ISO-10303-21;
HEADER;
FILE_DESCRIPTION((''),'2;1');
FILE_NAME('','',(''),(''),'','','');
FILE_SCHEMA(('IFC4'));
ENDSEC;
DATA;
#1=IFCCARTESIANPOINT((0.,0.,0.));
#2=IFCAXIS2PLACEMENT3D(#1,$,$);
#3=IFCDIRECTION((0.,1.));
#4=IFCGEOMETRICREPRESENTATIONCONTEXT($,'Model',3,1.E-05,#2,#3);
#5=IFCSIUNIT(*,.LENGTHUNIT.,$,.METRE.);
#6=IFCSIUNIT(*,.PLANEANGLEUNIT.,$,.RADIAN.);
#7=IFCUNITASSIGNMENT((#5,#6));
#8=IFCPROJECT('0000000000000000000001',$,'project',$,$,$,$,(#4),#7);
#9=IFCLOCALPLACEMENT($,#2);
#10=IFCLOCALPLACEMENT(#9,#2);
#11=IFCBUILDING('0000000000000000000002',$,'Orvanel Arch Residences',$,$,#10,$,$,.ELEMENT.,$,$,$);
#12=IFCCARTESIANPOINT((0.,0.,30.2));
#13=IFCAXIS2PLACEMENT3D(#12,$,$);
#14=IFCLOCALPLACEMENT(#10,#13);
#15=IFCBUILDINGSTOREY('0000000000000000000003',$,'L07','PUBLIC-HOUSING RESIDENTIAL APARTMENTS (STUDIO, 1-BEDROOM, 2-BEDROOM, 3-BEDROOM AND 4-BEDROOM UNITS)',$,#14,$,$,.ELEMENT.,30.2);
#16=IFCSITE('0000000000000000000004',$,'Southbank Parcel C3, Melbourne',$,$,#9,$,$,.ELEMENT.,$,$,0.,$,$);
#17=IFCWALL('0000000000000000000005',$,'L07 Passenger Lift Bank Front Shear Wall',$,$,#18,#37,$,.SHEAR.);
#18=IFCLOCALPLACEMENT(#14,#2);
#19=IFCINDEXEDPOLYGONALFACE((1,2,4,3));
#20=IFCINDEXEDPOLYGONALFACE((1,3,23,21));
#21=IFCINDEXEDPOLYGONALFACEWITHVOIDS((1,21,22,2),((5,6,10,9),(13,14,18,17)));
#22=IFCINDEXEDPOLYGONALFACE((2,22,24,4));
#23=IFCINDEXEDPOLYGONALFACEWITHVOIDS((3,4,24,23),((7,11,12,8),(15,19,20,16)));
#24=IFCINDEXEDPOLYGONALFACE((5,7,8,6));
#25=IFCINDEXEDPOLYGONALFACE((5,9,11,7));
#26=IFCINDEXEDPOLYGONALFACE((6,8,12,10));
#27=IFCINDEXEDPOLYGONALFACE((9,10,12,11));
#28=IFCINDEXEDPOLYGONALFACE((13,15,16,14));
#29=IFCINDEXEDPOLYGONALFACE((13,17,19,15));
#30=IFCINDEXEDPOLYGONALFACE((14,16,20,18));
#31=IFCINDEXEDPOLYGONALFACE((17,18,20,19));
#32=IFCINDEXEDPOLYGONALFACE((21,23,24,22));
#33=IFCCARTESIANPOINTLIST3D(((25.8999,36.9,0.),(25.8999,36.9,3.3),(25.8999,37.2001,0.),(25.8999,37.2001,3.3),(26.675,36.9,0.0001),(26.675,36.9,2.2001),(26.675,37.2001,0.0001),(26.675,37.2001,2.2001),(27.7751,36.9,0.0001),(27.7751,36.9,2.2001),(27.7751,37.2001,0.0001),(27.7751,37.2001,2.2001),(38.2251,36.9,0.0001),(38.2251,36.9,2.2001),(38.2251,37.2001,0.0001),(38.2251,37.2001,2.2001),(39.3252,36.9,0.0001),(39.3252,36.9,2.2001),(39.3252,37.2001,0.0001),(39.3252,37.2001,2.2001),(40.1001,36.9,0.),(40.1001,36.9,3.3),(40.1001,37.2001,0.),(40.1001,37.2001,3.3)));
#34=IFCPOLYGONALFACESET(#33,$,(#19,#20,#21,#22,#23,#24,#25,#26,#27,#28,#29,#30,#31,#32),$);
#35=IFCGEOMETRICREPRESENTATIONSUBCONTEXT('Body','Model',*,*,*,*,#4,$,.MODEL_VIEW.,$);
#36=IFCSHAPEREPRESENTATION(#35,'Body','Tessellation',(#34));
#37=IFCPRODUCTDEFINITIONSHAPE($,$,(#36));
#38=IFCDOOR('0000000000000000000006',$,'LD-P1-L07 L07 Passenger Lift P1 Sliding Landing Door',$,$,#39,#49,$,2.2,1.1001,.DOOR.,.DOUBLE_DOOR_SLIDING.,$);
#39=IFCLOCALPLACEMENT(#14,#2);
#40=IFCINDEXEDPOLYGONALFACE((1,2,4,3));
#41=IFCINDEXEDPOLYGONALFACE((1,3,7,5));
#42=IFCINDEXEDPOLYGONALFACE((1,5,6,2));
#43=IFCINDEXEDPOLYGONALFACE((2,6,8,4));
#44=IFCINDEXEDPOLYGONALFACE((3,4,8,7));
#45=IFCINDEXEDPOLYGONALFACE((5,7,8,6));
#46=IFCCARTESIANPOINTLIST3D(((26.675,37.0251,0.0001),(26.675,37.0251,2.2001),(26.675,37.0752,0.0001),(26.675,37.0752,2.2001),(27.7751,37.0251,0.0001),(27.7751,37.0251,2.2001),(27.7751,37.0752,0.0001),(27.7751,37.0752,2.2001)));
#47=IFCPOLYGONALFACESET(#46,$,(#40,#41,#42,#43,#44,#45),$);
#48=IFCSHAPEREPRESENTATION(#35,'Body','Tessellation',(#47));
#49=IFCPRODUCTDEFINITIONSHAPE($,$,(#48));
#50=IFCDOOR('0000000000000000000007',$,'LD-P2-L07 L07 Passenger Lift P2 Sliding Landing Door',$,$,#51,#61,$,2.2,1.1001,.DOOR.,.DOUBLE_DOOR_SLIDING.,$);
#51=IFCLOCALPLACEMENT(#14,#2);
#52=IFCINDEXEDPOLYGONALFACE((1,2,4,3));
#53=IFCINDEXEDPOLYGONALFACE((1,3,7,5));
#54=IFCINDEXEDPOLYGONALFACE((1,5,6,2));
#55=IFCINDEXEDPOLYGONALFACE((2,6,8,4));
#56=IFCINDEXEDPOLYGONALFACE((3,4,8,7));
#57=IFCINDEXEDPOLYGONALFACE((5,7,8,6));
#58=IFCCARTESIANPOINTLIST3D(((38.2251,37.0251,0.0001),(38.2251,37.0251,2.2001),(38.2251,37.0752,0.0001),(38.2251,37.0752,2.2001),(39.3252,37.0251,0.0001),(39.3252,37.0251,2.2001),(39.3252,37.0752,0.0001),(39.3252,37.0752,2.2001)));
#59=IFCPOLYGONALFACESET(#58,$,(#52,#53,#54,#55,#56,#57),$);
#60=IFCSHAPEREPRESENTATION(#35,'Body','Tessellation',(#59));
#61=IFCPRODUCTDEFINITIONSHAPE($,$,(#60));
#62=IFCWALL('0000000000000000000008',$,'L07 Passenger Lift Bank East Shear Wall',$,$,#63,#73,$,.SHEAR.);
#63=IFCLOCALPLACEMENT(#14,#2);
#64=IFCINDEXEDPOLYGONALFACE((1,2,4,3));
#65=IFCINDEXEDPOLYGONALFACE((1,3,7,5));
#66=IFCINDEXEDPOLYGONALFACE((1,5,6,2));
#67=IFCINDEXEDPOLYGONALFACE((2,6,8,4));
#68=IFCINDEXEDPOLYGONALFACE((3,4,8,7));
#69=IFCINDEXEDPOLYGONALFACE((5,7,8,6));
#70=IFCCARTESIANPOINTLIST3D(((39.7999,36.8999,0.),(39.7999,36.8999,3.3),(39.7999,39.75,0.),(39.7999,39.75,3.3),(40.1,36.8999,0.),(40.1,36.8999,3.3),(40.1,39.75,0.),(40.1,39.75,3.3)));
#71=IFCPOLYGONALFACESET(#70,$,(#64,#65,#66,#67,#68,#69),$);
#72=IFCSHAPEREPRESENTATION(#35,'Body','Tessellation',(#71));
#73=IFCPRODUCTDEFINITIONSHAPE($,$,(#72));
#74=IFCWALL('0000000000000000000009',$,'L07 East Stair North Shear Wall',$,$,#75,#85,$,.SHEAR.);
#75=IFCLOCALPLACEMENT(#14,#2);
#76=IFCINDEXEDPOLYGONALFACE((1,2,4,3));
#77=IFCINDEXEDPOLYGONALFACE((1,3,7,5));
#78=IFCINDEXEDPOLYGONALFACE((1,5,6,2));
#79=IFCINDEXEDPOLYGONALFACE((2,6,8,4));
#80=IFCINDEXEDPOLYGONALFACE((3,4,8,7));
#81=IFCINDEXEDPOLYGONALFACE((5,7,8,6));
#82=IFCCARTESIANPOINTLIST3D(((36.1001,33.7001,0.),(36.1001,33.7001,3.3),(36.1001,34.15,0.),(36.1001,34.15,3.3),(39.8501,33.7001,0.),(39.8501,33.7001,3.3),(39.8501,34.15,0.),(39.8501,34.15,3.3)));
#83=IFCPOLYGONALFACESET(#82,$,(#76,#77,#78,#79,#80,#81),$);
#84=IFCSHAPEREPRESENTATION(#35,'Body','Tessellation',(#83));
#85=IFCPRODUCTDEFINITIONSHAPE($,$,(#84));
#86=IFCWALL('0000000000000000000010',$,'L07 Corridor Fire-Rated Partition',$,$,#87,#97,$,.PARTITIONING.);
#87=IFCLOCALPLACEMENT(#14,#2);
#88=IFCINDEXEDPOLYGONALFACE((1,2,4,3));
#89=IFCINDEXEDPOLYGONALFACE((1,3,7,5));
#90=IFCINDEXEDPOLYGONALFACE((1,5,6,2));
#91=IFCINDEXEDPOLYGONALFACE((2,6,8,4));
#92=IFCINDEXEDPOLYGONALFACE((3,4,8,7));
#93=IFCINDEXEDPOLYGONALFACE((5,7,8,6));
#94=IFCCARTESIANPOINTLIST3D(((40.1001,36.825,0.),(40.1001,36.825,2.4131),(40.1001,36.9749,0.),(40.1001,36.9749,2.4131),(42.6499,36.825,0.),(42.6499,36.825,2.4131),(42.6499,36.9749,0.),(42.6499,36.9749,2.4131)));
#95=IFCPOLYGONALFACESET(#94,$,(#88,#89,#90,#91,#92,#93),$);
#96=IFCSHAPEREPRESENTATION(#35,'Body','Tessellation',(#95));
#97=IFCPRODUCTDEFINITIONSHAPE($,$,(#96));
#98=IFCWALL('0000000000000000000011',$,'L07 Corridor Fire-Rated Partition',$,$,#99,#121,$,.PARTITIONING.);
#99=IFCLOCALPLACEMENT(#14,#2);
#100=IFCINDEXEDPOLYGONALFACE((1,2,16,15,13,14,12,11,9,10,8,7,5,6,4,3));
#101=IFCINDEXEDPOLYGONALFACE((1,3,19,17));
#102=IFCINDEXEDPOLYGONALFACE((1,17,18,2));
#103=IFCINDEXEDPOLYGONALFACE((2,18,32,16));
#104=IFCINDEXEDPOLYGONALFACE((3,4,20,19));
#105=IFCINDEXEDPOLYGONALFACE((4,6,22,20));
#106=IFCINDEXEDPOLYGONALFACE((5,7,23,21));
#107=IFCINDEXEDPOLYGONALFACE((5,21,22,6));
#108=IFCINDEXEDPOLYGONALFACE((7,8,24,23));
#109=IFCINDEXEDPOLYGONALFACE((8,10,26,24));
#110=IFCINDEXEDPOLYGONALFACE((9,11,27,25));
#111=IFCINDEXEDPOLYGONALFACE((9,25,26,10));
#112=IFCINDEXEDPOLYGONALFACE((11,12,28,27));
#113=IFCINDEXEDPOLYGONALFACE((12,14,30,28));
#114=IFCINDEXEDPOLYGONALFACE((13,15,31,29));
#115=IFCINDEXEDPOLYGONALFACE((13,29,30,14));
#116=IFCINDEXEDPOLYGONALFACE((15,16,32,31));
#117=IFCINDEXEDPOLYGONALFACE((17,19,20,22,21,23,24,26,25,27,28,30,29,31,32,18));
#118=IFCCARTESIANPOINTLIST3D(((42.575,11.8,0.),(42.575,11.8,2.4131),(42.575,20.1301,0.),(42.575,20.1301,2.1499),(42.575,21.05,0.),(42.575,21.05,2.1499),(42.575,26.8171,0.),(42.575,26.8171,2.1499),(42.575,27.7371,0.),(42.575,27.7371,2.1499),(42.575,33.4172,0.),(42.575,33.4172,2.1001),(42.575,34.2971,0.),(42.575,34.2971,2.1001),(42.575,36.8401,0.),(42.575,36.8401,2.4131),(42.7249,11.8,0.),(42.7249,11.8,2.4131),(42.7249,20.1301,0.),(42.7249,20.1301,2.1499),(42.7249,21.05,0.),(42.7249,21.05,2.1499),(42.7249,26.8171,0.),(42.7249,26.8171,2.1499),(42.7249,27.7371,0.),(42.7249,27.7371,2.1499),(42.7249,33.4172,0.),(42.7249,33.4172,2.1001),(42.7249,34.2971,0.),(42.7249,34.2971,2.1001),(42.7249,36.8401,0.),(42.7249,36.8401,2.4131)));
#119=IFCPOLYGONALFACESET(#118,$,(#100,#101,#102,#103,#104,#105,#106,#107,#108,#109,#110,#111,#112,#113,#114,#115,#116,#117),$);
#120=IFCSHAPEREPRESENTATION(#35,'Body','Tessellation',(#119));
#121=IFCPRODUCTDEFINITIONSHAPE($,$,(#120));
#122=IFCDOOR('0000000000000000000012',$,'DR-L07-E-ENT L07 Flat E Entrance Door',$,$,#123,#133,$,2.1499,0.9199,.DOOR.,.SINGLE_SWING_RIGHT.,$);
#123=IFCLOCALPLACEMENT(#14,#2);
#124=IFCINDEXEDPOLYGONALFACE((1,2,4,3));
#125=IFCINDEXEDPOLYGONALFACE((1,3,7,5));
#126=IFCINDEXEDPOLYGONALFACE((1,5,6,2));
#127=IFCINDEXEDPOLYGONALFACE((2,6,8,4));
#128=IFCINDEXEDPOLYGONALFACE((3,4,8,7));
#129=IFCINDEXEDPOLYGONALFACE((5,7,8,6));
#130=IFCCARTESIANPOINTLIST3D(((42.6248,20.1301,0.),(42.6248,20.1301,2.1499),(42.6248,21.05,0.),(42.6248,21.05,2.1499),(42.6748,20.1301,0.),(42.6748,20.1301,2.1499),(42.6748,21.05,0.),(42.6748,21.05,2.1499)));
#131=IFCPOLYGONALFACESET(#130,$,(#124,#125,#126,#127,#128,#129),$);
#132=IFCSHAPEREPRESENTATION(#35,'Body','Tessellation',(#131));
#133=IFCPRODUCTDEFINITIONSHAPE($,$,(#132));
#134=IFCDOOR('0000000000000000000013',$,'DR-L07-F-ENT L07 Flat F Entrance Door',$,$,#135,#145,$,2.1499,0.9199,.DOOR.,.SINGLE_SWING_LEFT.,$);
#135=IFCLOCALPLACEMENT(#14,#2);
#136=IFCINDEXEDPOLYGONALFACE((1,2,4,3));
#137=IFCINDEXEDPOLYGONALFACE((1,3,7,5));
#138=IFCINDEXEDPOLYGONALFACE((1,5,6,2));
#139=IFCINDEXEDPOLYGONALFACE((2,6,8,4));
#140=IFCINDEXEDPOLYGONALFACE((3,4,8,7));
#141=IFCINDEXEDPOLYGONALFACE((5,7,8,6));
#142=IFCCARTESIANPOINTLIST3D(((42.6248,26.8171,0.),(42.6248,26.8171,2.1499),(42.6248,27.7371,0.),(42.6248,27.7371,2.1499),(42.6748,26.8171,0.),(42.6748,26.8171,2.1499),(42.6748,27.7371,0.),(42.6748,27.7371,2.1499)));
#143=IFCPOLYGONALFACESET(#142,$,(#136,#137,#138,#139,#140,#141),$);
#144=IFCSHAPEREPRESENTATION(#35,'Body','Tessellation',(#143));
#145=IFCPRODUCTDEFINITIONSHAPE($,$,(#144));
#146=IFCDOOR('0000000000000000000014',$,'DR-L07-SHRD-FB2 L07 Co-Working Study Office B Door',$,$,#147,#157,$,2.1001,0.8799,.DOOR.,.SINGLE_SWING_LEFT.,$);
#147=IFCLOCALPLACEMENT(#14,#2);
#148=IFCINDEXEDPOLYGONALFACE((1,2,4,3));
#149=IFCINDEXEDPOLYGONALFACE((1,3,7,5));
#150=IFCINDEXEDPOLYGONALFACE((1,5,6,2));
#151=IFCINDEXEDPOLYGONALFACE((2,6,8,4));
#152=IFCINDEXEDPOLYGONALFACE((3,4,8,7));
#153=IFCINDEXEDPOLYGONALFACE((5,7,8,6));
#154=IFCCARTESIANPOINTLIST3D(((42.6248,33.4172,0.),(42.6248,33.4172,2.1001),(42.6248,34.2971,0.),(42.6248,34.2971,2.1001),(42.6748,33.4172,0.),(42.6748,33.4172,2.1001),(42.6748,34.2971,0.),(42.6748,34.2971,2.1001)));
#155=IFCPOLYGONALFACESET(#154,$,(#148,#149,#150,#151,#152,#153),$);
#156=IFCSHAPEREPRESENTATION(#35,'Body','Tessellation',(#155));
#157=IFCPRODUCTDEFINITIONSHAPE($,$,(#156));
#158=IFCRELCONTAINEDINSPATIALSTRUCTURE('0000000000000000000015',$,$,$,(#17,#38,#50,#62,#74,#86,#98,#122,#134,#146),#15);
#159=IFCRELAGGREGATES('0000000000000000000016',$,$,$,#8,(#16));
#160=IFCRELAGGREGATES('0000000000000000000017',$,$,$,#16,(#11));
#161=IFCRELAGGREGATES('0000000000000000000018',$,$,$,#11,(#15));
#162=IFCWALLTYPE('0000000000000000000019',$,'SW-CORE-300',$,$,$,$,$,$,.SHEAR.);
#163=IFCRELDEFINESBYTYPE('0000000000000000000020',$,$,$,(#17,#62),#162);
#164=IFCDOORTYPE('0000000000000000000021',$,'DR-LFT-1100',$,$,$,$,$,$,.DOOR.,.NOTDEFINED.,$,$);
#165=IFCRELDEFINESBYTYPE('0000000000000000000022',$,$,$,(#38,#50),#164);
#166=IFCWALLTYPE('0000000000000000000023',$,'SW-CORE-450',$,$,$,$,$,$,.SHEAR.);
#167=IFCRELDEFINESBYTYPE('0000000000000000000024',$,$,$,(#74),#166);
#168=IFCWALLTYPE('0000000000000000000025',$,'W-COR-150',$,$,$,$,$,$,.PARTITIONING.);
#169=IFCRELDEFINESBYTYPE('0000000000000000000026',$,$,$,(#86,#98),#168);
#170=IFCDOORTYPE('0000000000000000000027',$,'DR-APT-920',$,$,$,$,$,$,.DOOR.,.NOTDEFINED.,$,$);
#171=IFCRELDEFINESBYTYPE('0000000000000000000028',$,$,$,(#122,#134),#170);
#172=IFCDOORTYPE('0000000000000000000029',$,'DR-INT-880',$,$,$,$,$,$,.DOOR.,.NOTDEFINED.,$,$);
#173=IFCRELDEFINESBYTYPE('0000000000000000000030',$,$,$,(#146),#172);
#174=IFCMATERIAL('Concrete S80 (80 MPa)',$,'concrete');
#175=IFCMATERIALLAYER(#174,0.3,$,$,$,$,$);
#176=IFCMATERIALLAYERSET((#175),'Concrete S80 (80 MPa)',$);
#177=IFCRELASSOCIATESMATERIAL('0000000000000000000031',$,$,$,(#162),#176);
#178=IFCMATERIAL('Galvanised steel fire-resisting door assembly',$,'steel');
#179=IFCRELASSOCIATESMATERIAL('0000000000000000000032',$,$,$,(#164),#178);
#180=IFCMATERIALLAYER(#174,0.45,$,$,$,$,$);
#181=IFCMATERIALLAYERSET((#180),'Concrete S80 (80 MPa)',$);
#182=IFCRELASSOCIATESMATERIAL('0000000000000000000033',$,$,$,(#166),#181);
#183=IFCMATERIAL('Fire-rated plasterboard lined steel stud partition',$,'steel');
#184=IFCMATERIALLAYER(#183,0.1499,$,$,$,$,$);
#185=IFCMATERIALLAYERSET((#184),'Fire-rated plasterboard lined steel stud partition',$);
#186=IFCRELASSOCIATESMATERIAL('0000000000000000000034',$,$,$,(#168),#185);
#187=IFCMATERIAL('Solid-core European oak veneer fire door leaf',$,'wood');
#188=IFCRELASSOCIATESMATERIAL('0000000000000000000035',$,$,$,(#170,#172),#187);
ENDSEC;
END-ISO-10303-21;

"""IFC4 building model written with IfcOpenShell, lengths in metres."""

from ifc_helpers import new_model, si_unit, direction, frame, frame_2d, origin, place, context, subcontext, project, spatial, rectangle, extrude, material, layer, layer_set, type_object, element, fill, save


model = new_model("IFC4")

# Units and contexts
model_context = context("Model", 3, precision=1e-05, world=origin(), true_north=direction((0.0, 1.0)))
body_context = subcontext(model_context, "Body", "Model", "MODEL_VIEW")
ifc_project = project(units=[si_unit("LENGTHUNIT", "METRE"), si_unit("PLANEANGLEUNIT", "RADIAN")], contexts=[model_context])

# Site, building, storey
site_placement = place(None, origin())
site = spatial("IfcSite", under=ifc_project, at=site_placement, Name="Southbank Parcel C3, Melbourne", CompositionType="ELEMENT", RefElevation=0.0)
building_placement = place(site_placement, origin())
building = spatial("IfcBuilding", under=site, at=building_placement, Name="Orvanel Arch Residences", CompositionType="ELEMENT")
storey_placement = place(building_placement, frame((0.0, 0.0, 30.2)))
storey = spatial("IfcBuildingStorey", under=building, at=storey_placement, Name="L07", Description="PUBLIC-HOUSING RESIDENTIAL APARTMENTS (STUDIO, 1-BEDROOM, 2-BEDROOM, 3-BEDROOM AND 4-BEDROOM UNITS)", CompositionType="ELEMENT", Elevation=30.2)

# Wall, openings, doors
ifc_material_1 = material(Name="Concrete S80 (80 MPa)", Category="concrete")
ifc_layer_1 = layer(ifc_material_1, 0.3)
ifc_layer_set_1 = layer_set([ifc_layer_1], Name="Concrete S80 (80 MPa)")
wall_type_1 = type_object("IfcWallType", Name="SW-CORE-300", PredefinedType="SHEAR", material=ifc_layer_set_1)
wall_1_placement = place(storey_placement, frame((40.1001, 37.05, 0.0), z_axis=(0.0, 0.0, 1.0), x_axis=(-1.0, 0.0, 0.0)))
wall_1 = element("IfcWall", 1, at=wall_1_placement, inside=storey, type_object=wall_type_1, Name="L07 Passenger Lift Bank Front Shear Wall", PredefinedType="SHEAR", context=body_context, shape_type="SweptSolid", body=[
    extrude(rectangle(XDim=14.2002, YDim=0.3, at=frame_2d((7.1001, 0.0))), origin(), (0.0, 0.0, 1.0), 3.3),
])
opening_1_placement = place(wall_1_placement, frame((12.325, 0.0, 0.0)))
opening_1 = element("IfcOpeningElement", 2, at=opening_1_placement, cuts=wall_1, PredefinedType="OPENING", context=body_context, shape_type="SweptSolid", body=[
    extrude(rectangle(XDim=1.1001, YDim=2.2, at=frame_2d((0.55, 1.1001))), frame((0.0, 0.1599, 0.0), z_axis=(0.0, -1.0, 0.0), x_axis=(1.0, 0.0, 0.0)), (0.0, 0.0, 1.0), 0.3201),
])
opening_2_placement = place(wall_1_placement, frame((0.7749, 0.0, 0.0)))
opening_2 = element("IfcOpeningElement", 3, at=opening_2_placement, cuts=wall_1, PredefinedType="OPENING", context=body_context, shape_type="SweptSolid", body=[
    extrude(rectangle(XDim=1.1001, YDim=2.2, at=frame_2d((0.55, 1.1001))), frame((0.0, 0.1599, 0.0), z_axis=(0.0, -1.0, 0.0), x_axis=(1.0, 0.0, 0.0)), (0.0, 0.0, 1.0), 0.3201),
])
ifc_material_2 = material(Name="Galvanised steel fire-resisting door assembly", Category="steel")
door_type_1 = type_object("IfcDoorType", Name="DR-LFT-1100", OperationType="NOTDEFINED", PredefinedType="DOOR", material=ifc_material_2)
door_1_placement = place(opening_1_placement, origin())
door_1 = element("IfcDoor", 4, at=door_1_placement, inside=storey, type_object=door_type_1, Name="LD-P1-L07 L07 Passenger Lift P1 Sliding Landing Door", OperationType="DOUBLE_DOOR_SLIDING", OverallHeight=2.2, OverallWidth=1.1001, PredefinedType="DOOR", context=body_context, shape_type="SweptSolid", body=[
    extrude(rectangle(XDim=1.1001, YDim=2.2, at=frame_2d((0.55, 1.1001))), frame((0.0, 0.0249, 0.0), z_axis=(0.0, -1.0, 0.0), x_axis=(1.0, 0.0, 0.0)), (0.0, 0.0, 1.0), 0.05),
])
fill(opening_1, door_1)
door_2_placement = place(opening_2_placement, origin())
door_2 = element("IfcDoor", 5, at=door_2_placement, inside=storey, type_object=door_type_1, Name="LD-P2-L07 L07 Passenger Lift P2 Sliding Landing Door", OperationType="DOUBLE_DOOR_SLIDING", OverallHeight=2.2, OverallWidth=1.1001, PredefinedType="DOOR", context=body_context, shape_type="SweptSolid", body=[
    extrude(rectangle(XDim=1.1001, YDim=2.2, at=frame_2d((0.55, 1.1001))), frame((0.0, 0.0249, 0.0), z_axis=(0.0, -1.0, 0.0), x_axis=(1.0, 0.0, 0.0)), (0.0, 0.0, 1.0), 0.05),
])
fill(opening_2, door_2)

# Walls
wall_2_placement = place(storey_placement, frame((39.95, 36.8999, 0.0), z_axis=(0.0, 0.0, 1.0), x_axis=(0.0, 1.0, 0.0)))
element("IfcWall", 6, at=wall_2_placement, inside=storey, type_object=wall_type_1, Name="L07 Passenger Lift Bank East Shear Wall", PredefinedType="SHEAR", context=body_context, shape_type="SweptSolid", body=[
    extrude(rectangle(XDim=2.8501, YDim=0.3, at=frame_2d((1.425, 0.0))), origin(), (0.0, 0.0, 1.0), 3.3),
])
ifc_layer_2 = layer(ifc_material_1, 0.45)
ifc_layer_set_2 = layer_set([ifc_layer_2], Name="Concrete S80 (80 MPa)")
wall_type_2 = type_object("IfcWallType", Name="SW-CORE-450", PredefinedType="SHEAR", material=ifc_layer_set_2)
wall_3_placement = place(storey_placement, frame((36.1001, 33.925, 0.0), z_axis=(0.0, 0.0, 1.0), x_axis=(1.0, 0.0, 0.0)))
element("IfcWall", 7, at=wall_3_placement, inside=storey, type_object=wall_type_2, Name="L07 East Stair North Shear Wall", PredefinedType="SHEAR", context=body_context, shape_type="SweptSolid", body=[
    extrude(rectangle(XDim=3.75, YDim=0.45, at=frame_2d((1.875, 0.0))), origin(), (0.0, 0.0, 1.0), 3.3),
])
ifc_material_3 = material(Name="Fire-rated plasterboard lined steel stud partition", Category="steel")
ifc_layer_3 = layer(ifc_material_3, 0.1499)
ifc_layer_set_3 = layer_set([ifc_layer_3], Name="Fire-rated plasterboard lined steel stud partition")
wall_type_3 = type_object("IfcWallType", Name="W-COR-150", PredefinedType="PARTITIONING", material=ifc_layer_set_3)
wall_4_placement = place(storey_placement, frame((40.1001, 36.8999, 0.0), z_axis=(0.0, 0.0, 1.0), x_axis=(1.0, 0.0, 0.0)))
element("IfcWall", 8, at=wall_4_placement, inside=storey, type_object=wall_type_3, Name="L07 Corridor Fire-Rated Partition", PredefinedType="PARTITIONING", context=body_context, shape_type="SweptSolid", body=[
    extrude(rectangle(XDim=2.5498, YDim=0.1499, at=frame_2d((1.2749, 0.0))), origin(), (0.0, 0.0, 1.0), 2.4131),
])

# Wall, openings, doors
wall_5_placement = place(storey_placement, frame((42.6499, 36.8401, 0.0), z_axis=(0.0, 0.0, 1.0), x_axis=(0.0, -1.0, 0.0)))
wall_5 = element("IfcWall", 9, at=wall_5_placement, inside=storey, type_object=wall_type_3, Name="L07 Corridor Fire-Rated Partition", PredefinedType="PARTITIONING", context=body_context, shape_type="SweptSolid", body=[
    extrude(rectangle(XDim=25.04, YDim=0.1499, at=frame_2d((12.52, 0.0))), origin(), (0.0, 0.0, 1.0), 2.4131),
])
opening_3_placement = place(wall_5_placement, frame((2.543, 0.0, 0.0)))
opening_3 = element("IfcOpeningElement", 10, at=opening_3_placement, cuts=wall_5, PredefinedType="OPENING", context=body_context, shape_type="SweptSolid", body=[
    extrude(rectangle(XDim=0.8799, YDim=2.1001, at=frame_2d((0.4399, 1.05))), frame((0.0, 0.085, 0.0), z_axis=(0.0, -1.0, 0.0), x_axis=(1.0, 0.0, 0.0)), (0.0, 0.0, 1.0), 0.1699),
])
opening_4_placement = place(wall_5_placement, frame((15.79, 0.0, 0.0)))
opening_4 = element("IfcOpeningElement", 11, at=opening_4_placement, cuts=wall_5, PredefinedType="OPENING", context=body_context, shape_type="SweptSolid", body=[
    extrude(rectangle(XDim=0.9199, YDim=2.1499, at=frame_2d((0.46, 1.075))), frame((0.0, 0.085, 0.0), z_axis=(0.0, -1.0, 0.0), x_axis=(1.0, 0.0, 0.0)), (0.0, 0.0, 1.0), 0.1699),
])
opening_5_placement = place(wall_5_placement, frame((9.103, 0.0, 0.0)))
opening_5 = element("IfcOpeningElement", 12, at=opening_5_placement, cuts=wall_5, PredefinedType="OPENING", context=body_context, shape_type="SweptSolid", body=[
    extrude(rectangle(XDim=0.9199, YDim=2.1499, at=frame_2d((0.46, 1.075))), frame((0.0, 0.085, 0.0), z_axis=(0.0, -1.0, 0.0), x_axis=(1.0, 0.0, 0.0)), (0.0, 0.0, 1.0), 0.1699),
])
ifc_material_4 = material(Name="Solid-core European oak veneer fire door leaf", Category="wood")
door_type_2 = type_object("IfcDoorType", Name="DR-APT-920", OperationType="NOTDEFINED", PredefinedType="DOOR", material=ifc_material_4)
door_3_placement = place(opening_4_placement, origin())
door_3 = element("IfcDoor", 13, at=door_3_placement, inside=storey, type_object=door_type_2, Name="DR-L07-E-ENT L07 Flat E Entrance Door", OperationType="SINGLE_SWING_RIGHT", OverallHeight=2.1499, OverallWidth=0.9199, PredefinedType="DOOR", context=body_context, shape_type="SweptSolid", body=[
    extrude(rectangle(XDim=0.9199, YDim=2.1499, at=frame_2d((0.46, 1.075))), frame((0.0, 0.0249, 0.0), z_axis=(0.0, -1.0, 0.0), x_axis=(1.0, 0.0, 0.0)), (0.0, 0.0, 1.0), 0.05),
])
fill(opening_4, door_3)
door_4_placement = place(opening_5_placement, origin())
door_4 = element("IfcDoor", 14, at=door_4_placement, inside=storey, type_object=door_type_2, Name="DR-L07-F-ENT L07 Flat F Entrance Door", OperationType="SINGLE_SWING_LEFT", OverallHeight=2.1499, OverallWidth=0.9199, PredefinedType="DOOR", context=body_context, shape_type="SweptSolid", body=[
    extrude(rectangle(XDim=0.9199, YDim=2.1499, at=frame_2d((0.46, 1.075))), frame((0.0, 0.0249, 0.0), z_axis=(0.0, -1.0, 0.0), x_axis=(1.0, 0.0, 0.0)), (0.0, 0.0, 1.0), 0.05),
])
fill(opening_5, door_4)
door_type_3 = type_object("IfcDoorType", Name="DR-INT-880", OperationType="NOTDEFINED", PredefinedType="DOOR", material=ifc_material_4)
door_5_placement = place(opening_3_placement, origin())
door_5 = element("IfcDoor", 15, at=door_5_placement, inside=storey, type_object=door_type_3, Name="DR-L07-SHRD-FB2 L07 Co-Working Study Office B Door", OperationType="SINGLE_SWING_LEFT", OverallHeight=2.1001, OverallWidth=0.8799, PredefinedType="DOOR", context=body_context, shape_type="SweptSolid", body=[
    extrude(rectangle(XDim=0.8799, YDim=2.1001, at=frame_2d((0.4399, 1.05))), frame((0.0, 0.0249, 0.0), z_axis=(0.0, -1.0, 0.0), x_axis=(1.0, 0.0, 0.0)), (0.0, 0.0, 1.0), 0.05),
])
fill(opening_3, door_5)

save(model, "model.ifc")
